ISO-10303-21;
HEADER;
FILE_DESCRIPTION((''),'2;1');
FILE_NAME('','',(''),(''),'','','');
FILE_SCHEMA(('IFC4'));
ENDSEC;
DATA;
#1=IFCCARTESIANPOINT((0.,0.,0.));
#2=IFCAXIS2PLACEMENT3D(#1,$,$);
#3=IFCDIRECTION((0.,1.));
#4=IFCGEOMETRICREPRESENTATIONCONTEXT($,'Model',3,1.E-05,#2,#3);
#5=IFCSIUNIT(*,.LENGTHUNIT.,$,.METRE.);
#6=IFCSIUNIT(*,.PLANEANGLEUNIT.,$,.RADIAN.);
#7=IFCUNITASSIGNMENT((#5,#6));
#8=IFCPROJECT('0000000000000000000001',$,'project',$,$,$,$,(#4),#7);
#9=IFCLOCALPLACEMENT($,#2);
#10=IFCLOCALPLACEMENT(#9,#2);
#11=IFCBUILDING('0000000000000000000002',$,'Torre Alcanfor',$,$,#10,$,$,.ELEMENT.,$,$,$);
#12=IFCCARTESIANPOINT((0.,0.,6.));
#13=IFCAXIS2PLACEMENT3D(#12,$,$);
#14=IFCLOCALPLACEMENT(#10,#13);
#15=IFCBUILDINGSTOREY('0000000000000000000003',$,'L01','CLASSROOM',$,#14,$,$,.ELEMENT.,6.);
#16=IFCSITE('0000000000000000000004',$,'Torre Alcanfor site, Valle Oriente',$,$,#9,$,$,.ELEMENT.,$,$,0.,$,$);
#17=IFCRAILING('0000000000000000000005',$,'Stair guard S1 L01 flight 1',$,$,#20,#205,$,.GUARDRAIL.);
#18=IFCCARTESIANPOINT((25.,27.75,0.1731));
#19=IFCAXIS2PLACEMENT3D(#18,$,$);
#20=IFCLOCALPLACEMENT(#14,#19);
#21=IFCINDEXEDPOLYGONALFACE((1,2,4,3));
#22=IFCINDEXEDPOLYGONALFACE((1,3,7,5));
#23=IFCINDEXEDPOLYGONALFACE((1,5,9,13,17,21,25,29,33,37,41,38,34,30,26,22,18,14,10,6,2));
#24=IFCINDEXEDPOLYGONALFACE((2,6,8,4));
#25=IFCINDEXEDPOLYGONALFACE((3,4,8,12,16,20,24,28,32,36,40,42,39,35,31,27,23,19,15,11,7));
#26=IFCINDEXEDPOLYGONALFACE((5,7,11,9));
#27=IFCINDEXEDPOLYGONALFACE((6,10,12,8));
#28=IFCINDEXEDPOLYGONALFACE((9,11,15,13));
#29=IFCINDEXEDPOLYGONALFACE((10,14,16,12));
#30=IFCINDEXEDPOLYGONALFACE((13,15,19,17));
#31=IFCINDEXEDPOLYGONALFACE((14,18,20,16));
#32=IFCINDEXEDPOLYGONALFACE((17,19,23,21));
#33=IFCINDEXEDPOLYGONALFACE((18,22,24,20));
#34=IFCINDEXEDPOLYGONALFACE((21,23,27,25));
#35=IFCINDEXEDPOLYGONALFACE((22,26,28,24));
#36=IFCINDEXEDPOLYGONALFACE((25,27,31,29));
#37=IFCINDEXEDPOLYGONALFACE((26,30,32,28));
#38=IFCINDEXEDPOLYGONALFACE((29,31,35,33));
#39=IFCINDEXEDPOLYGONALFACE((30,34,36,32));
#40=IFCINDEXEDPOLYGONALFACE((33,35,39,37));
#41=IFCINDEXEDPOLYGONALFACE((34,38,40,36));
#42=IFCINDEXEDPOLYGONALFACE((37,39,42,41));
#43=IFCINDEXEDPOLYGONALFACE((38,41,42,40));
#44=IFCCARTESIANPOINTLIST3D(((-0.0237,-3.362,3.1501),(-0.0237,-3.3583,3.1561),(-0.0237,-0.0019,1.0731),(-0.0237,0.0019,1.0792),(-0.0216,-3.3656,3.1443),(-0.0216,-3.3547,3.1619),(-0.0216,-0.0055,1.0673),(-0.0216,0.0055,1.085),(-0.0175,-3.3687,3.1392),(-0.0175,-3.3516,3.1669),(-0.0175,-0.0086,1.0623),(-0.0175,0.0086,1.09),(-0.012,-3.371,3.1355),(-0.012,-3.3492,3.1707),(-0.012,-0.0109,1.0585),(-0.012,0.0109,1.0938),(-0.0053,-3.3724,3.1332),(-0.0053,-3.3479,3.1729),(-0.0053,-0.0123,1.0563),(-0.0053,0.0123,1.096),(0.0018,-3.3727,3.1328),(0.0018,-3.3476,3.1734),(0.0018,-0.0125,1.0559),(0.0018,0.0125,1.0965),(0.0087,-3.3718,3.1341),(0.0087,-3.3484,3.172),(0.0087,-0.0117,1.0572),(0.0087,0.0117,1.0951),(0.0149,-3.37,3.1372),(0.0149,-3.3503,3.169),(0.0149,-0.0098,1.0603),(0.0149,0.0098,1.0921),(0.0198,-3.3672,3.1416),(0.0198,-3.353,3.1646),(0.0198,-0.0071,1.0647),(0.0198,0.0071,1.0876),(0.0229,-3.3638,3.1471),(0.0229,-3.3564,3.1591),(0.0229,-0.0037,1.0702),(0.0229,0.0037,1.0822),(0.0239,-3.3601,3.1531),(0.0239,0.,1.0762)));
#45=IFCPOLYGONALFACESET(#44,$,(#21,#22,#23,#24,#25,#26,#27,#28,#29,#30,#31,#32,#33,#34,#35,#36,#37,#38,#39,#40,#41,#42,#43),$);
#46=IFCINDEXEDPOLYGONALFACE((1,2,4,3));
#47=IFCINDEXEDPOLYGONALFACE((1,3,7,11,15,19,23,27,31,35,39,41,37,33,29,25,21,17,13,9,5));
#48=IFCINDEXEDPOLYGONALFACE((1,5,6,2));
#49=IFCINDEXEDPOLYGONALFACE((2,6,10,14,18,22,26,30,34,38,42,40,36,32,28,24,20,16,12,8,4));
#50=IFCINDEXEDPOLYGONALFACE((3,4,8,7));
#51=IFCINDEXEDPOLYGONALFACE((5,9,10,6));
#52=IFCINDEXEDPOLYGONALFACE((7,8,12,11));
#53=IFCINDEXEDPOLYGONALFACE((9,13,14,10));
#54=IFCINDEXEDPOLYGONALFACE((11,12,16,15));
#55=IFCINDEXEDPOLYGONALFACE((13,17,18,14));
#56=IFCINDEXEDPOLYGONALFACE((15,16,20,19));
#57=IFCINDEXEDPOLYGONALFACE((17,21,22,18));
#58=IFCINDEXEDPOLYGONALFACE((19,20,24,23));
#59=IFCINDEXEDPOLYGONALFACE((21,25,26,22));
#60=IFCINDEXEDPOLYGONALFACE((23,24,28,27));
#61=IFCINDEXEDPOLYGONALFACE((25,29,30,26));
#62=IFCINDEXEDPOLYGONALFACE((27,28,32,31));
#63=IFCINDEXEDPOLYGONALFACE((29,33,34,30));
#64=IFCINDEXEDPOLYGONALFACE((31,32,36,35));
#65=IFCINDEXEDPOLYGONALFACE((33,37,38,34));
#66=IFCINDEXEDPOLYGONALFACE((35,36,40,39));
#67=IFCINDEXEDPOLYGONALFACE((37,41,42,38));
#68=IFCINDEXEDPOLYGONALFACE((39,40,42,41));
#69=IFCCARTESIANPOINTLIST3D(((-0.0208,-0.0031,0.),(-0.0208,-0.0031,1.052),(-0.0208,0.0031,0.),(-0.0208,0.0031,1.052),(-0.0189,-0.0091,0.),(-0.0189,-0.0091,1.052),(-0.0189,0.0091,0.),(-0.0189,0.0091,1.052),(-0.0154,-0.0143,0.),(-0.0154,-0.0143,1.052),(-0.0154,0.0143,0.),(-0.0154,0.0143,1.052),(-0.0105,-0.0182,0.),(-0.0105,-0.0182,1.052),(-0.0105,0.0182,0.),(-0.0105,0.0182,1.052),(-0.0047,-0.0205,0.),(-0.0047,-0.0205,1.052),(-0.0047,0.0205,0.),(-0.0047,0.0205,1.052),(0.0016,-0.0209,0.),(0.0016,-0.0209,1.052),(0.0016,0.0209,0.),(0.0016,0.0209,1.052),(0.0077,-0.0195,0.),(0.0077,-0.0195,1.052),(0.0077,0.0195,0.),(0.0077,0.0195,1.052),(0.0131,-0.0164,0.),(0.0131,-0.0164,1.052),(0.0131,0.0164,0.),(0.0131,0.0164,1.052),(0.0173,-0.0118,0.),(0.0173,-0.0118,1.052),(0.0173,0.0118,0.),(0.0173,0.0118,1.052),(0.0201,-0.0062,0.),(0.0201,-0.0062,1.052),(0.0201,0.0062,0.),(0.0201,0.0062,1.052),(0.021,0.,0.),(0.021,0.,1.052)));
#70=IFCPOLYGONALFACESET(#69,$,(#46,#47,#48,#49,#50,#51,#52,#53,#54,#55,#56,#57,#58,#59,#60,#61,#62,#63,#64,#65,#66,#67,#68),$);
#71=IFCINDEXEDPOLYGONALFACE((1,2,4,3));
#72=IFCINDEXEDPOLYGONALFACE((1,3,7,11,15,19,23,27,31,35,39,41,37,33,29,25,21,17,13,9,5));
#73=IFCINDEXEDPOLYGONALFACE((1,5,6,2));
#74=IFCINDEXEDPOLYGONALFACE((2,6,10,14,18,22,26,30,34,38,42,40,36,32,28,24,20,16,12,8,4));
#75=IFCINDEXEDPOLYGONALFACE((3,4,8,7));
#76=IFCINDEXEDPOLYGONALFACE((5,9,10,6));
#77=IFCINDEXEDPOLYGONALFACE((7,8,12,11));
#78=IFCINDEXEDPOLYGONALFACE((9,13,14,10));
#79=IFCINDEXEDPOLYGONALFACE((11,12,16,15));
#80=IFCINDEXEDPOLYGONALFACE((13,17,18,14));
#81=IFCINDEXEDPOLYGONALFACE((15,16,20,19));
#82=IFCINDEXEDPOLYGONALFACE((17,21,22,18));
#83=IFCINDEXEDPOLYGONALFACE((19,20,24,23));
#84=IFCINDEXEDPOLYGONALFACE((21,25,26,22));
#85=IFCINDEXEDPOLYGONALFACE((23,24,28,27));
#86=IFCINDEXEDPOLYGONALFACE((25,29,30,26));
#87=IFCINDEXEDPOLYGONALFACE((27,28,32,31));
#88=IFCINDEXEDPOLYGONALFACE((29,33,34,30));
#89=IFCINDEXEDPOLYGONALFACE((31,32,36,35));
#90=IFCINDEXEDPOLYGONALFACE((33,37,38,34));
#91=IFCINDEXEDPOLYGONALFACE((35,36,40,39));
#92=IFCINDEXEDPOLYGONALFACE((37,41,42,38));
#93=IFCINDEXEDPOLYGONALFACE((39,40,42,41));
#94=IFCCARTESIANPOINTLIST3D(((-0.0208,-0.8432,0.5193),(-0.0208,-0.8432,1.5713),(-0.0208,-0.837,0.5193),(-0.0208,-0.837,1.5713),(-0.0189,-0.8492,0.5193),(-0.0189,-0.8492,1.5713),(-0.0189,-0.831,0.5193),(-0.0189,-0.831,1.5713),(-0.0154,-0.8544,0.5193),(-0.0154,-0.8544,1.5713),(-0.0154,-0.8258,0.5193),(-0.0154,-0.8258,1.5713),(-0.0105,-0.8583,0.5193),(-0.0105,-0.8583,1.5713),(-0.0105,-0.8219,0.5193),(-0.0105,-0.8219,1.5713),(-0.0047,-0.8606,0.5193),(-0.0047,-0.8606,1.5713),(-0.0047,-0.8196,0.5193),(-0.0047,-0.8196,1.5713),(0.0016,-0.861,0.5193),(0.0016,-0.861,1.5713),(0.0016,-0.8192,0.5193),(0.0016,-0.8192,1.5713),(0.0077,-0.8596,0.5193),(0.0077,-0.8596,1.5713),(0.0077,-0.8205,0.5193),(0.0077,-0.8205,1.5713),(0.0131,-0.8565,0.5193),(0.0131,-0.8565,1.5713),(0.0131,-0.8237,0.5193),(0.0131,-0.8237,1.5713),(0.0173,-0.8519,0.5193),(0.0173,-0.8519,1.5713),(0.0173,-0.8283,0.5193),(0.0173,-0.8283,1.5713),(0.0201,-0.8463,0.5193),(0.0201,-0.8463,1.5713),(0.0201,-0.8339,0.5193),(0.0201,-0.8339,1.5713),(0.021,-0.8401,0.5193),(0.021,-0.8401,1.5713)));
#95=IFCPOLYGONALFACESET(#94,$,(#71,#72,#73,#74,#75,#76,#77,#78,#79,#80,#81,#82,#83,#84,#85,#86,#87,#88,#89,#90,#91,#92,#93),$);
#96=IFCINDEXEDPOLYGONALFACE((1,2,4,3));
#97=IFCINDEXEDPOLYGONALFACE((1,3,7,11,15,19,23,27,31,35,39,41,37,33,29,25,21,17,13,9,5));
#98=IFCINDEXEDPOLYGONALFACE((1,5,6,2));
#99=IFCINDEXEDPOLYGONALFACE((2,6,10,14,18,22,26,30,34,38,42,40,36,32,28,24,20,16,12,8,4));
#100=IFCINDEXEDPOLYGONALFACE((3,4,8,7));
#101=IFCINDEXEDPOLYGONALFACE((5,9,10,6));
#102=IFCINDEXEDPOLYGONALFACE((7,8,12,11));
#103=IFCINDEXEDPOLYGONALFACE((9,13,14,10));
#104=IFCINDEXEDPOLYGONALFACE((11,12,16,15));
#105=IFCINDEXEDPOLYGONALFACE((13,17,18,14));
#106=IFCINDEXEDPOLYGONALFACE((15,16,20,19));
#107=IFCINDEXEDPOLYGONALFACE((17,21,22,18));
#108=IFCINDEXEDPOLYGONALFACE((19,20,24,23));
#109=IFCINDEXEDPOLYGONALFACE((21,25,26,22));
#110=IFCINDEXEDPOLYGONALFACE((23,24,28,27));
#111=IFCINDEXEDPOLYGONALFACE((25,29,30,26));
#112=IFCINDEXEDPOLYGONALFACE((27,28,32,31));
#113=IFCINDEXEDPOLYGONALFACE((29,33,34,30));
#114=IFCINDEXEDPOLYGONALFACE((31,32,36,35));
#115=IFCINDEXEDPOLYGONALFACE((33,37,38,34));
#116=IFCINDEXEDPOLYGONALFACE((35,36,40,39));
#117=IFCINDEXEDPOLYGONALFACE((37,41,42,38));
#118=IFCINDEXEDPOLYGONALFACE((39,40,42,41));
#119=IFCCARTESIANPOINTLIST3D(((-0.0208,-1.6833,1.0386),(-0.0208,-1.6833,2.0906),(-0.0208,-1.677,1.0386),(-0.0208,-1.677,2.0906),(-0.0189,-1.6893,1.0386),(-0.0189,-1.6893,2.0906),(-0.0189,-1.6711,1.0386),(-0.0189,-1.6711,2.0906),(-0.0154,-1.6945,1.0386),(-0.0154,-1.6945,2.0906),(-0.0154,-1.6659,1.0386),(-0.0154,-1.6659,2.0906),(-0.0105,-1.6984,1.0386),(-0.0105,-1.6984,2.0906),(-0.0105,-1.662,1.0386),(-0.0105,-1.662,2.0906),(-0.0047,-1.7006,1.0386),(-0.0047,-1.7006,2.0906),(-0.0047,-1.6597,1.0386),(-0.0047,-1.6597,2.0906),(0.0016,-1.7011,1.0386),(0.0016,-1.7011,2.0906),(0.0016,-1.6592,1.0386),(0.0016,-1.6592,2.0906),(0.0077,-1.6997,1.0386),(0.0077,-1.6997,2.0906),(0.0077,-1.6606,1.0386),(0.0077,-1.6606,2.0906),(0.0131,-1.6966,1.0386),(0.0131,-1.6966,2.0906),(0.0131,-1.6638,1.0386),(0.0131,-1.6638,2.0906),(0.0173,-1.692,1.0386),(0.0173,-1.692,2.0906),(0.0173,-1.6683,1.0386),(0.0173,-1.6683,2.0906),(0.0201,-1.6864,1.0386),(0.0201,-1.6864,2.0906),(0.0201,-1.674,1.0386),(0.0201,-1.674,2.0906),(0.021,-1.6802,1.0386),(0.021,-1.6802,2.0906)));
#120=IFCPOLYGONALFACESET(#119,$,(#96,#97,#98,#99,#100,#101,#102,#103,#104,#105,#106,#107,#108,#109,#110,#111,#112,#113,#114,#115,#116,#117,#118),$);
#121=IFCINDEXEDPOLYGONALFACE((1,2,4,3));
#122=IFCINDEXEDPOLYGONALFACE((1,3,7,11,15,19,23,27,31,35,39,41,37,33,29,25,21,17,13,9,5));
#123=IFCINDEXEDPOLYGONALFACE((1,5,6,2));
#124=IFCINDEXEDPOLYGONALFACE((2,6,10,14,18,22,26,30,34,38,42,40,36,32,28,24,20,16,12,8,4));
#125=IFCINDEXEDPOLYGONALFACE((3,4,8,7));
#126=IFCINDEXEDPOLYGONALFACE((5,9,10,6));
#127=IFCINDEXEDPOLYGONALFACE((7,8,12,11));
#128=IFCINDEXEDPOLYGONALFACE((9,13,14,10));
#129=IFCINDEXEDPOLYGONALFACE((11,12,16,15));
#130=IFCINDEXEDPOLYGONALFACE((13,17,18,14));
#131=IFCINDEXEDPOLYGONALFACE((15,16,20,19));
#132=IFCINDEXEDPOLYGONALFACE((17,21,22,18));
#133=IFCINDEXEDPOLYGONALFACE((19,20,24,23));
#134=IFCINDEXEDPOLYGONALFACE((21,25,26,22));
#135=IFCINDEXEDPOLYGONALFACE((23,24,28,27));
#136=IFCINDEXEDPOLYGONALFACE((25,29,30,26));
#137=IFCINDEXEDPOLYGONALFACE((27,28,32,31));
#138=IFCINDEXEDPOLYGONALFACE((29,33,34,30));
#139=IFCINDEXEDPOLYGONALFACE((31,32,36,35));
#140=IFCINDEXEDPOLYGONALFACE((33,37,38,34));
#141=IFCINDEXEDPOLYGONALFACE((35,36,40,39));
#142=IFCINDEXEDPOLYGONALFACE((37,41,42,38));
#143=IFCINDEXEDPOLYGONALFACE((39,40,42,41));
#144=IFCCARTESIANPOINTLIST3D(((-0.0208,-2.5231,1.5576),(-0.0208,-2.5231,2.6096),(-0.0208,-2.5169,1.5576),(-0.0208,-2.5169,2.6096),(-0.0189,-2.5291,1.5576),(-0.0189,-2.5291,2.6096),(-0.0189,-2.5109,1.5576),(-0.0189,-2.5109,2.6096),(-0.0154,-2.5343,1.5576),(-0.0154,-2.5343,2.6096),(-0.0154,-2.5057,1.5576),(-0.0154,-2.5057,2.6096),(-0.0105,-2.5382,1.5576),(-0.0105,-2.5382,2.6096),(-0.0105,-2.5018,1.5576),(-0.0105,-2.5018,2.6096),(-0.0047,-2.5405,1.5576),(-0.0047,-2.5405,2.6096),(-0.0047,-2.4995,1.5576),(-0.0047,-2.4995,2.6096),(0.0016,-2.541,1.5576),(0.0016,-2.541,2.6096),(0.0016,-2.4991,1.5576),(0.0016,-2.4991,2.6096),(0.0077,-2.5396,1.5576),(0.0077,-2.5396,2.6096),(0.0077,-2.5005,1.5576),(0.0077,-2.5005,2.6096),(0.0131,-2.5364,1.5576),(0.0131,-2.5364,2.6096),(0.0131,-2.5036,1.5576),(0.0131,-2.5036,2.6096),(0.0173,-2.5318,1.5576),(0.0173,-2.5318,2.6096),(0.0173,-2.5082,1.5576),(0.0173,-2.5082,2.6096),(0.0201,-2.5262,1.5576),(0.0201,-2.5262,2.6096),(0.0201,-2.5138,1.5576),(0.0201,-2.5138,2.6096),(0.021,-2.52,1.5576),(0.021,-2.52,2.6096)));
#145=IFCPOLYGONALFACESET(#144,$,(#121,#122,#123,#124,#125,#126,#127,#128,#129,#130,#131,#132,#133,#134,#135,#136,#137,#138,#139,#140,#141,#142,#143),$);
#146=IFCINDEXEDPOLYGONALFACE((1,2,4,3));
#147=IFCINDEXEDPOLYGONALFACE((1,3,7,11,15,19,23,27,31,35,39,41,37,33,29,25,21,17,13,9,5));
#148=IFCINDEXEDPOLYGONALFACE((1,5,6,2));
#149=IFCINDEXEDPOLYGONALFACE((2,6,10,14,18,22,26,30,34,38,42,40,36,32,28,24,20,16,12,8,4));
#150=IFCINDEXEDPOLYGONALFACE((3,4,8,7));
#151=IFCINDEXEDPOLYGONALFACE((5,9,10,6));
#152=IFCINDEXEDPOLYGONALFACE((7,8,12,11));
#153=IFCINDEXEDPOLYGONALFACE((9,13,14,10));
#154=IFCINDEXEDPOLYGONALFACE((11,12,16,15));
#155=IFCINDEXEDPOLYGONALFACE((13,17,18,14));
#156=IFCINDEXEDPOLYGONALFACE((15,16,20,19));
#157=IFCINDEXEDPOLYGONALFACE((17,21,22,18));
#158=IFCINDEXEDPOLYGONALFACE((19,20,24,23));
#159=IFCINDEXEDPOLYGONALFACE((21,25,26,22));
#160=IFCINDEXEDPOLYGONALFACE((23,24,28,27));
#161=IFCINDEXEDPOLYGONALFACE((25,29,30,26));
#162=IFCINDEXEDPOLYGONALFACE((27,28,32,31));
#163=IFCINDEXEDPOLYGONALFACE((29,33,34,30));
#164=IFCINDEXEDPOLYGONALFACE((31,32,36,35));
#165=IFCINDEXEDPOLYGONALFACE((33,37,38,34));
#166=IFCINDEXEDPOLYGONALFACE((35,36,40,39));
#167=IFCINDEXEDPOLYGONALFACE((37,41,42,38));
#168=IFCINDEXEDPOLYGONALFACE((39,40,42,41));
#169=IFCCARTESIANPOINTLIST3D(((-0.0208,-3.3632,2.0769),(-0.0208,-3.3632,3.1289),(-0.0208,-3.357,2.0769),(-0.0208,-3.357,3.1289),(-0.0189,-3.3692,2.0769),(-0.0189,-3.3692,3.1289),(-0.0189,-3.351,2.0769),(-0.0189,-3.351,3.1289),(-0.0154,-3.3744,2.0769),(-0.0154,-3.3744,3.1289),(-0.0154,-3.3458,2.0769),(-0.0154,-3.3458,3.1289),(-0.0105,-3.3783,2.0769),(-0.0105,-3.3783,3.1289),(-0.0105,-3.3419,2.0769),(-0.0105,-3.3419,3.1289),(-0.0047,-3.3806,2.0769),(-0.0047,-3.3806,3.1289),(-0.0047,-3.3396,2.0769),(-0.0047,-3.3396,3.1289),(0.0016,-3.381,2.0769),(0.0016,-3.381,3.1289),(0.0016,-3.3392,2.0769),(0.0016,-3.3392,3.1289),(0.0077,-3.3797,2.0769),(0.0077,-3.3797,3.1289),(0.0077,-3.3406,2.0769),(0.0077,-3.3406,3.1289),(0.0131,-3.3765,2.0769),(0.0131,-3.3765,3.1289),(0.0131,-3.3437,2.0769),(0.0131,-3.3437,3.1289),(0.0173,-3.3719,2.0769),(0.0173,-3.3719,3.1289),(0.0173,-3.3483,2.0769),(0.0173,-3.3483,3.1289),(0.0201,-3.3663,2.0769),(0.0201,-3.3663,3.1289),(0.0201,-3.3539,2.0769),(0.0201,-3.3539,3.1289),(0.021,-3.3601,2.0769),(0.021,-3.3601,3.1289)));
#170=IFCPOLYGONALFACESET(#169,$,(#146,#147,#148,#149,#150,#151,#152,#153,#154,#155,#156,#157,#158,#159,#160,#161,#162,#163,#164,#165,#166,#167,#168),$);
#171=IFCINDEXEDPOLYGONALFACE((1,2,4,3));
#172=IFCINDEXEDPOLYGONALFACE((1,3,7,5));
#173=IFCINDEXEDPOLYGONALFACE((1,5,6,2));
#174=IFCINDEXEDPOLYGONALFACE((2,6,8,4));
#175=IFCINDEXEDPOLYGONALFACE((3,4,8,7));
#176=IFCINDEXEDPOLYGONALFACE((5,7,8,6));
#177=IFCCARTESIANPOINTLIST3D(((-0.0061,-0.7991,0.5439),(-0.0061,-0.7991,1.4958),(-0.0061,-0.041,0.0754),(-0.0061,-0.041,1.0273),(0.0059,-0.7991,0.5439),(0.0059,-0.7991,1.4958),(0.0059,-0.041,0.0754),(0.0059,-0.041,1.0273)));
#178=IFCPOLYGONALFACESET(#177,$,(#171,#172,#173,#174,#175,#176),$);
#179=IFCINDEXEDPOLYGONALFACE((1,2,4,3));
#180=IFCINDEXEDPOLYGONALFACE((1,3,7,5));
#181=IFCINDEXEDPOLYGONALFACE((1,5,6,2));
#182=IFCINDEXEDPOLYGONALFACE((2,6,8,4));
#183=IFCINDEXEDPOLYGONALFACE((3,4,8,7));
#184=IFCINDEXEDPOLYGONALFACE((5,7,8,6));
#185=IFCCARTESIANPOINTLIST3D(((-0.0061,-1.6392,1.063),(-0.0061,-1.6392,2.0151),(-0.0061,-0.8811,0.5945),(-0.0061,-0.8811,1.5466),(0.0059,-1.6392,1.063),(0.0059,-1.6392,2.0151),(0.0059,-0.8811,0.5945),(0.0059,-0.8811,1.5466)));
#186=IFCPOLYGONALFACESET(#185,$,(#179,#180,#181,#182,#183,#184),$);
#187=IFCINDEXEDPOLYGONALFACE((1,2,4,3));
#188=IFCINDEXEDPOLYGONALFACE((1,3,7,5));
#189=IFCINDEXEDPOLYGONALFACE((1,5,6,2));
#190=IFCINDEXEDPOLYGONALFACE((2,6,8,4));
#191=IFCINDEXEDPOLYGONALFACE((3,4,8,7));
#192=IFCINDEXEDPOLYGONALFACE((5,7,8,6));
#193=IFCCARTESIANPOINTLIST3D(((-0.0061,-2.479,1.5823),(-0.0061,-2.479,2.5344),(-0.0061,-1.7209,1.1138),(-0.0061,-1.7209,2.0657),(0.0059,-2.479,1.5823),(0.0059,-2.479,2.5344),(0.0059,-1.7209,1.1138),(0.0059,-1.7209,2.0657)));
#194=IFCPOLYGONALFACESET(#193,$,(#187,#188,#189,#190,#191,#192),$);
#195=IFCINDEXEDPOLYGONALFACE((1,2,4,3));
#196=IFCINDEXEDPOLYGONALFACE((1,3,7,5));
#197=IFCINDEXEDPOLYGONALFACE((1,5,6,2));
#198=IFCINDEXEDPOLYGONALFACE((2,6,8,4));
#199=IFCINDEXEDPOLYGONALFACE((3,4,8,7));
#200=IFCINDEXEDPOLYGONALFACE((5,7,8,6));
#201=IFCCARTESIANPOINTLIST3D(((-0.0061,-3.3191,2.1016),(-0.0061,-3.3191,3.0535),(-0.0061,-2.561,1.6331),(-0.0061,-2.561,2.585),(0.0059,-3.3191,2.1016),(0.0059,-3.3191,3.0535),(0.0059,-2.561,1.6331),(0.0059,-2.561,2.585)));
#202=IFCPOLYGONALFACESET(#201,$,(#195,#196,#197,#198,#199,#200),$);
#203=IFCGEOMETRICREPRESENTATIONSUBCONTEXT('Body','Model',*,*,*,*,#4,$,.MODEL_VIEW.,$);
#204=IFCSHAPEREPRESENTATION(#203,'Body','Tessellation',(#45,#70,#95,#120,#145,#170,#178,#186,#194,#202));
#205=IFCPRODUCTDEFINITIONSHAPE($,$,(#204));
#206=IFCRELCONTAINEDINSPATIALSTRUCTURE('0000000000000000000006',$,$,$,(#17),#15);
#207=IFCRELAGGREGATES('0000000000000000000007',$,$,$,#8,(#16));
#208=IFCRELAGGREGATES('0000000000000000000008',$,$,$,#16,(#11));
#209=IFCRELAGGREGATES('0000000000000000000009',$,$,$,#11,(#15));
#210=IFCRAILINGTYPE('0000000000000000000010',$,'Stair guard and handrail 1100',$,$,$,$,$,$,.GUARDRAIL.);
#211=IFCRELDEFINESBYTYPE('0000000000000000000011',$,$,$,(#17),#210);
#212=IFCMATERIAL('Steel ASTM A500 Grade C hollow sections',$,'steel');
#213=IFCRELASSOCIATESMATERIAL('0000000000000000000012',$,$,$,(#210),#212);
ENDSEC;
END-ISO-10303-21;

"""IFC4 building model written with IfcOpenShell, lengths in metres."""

from ifc_helpers import new_model, si_unit, direction, frame, origin, origin_2d, place, context, subcontext, project, spatial, polyline, circle, outline, extrude, material, type_object, element, save


model = new_model("IFC4")

# Units and contexts
model_context = context("Model", 3, precision=1e-05, world=origin(), true_north=direction((0.0, 1.0)))
body_context = subcontext(model_context, "Body", "Model", "MODEL_VIEW")
ifc_project = project(units=[si_unit("LENGTHUNIT", "METRE"), si_unit("PLANEANGLEUNIT", "RADIAN")], contexts=[model_context])

# Site, building, storey
site_placement = place(None, origin())
site = spatial("IfcSite", under=ifc_project, at=site_placement, Name="Torre Alcanfor site, Valle Oriente", CompositionType="ELEMENT", RefElevation=0.0)
building_placement = place(site_placement, origin())
building = spatial("IfcBuilding", under=site, at=building_placement, Name="Torre Alcanfor", CompositionType="ELEMENT")
storey_placement = place(building_placement, frame((0.0, 0.0, 6.0)))
storey = spatial("IfcBuildingStorey", under=building, at=storey_placement, Name="L01", Description="CLASSROOM", CompositionType="ELEMENT", Elevation=6.0)

# Railing
ifc_material_1 = material(Name="Steel ASTM A500 Grade C hollow sections", Category="steel")
railing_type_1 = type_object("IfcRailingType", Name="Stair guard and handrail 1100", PredefinedType="GUARDRAIL", material=ifc_material_1)
railing_1_placement = place(storey_placement, frame((25.0, 27.75, 0.1731)))
element("IfcRailing", 1, at=railing_1_placement, inside=storey, type_object=railing_type_1, Name="Stair guard S1 L01 flight 1", PredefinedType="GUARDRAIL", context=body_context, shape_type="SweptSolid", body=[
    extrude(circle(Radius=0.0239, at=origin_2d()), frame((0.0, 0.0, 1.0762), z_axis=(0.0, -0.850623, 0.525776), x_axis=(1.0, 0.0, 0.0)), (0.0, 0.0, 1.0), 3.9502),
    extrude(circle(Radius=0.021, at=origin_2d()), origin(), (0.0, 0.0, 1.0), 1.052),
    extrude(circle(Radius=0.021, at=origin_2d()), frame((0.0, -0.8401, 0.5193)), (0.0, 0.0, 1.0), 1.052),
    extrude(circle(Radius=0.021, at=origin_2d()), frame((0.0, -1.6802, 1.0386)), (0.0, 0.0, 1.0), 1.052),
    extrude(circle(Radius=0.021, at=origin_2d()), frame((0.0, -2.52, 1.5576)), (0.0, 0.0, 1.0), 1.052),
    extrude(circle(Radius=0.021, at=origin_2d()), frame((0.0, -3.3601, 2.0769)), (0.0, 0.0, 1.0), 1.052),
    extrude(outline(polyline([(0.041, 0.0754), (0.7991, 0.5439), (0.7991, 1.4958), (0.041, 1.0273), (0.041, 0.0754)])), frame((0.0059, 0.0, 0.0), z_axis=(-1.0, 0.0, 0.0), x_axis=(0.0, -1.0, 0.0)), (0.0, 0.0, 1.0), 0.012),
    extrude(outline(polyline([(0.8811, 0.5945), (1.6392, 1.063), (1.6392, 2.0151), (0.8811, 1.5466), (0.8811, 0.5945)])), frame((0.0059, 0.0, 0.0), z_axis=(-1.0, 0.0, 0.0), x_axis=(0.0, -1.0, 0.0)), (0.0, 0.0, 1.0), 0.012),
    extrude(outline(polyline([(1.7209, 1.1138), (2.479, 1.5823), (2.479, 2.5344), (1.7209, 2.0657), (1.7209, 1.1138)])), frame((0.0059, 0.0, 0.0), z_axis=(-1.0, 0.0, 0.0), x_axis=(0.0, -1.0, 0.0)), (0.0, 0.0, 1.0), 0.012),
    extrude(outline(polyline([(2.561, 1.6331), (3.3191, 2.1016), (3.3191, 3.0535), (2.561, 2.585), (2.561, 1.6331)])), frame((0.0059, 0.0, 0.0), z_axis=(-1.0, 0.0, 0.0), x_axis=(0.0, -1.0, 0.0)), (0.0, 0.0, 1.0), 0.012),
])

save(model, "model.ifc")
